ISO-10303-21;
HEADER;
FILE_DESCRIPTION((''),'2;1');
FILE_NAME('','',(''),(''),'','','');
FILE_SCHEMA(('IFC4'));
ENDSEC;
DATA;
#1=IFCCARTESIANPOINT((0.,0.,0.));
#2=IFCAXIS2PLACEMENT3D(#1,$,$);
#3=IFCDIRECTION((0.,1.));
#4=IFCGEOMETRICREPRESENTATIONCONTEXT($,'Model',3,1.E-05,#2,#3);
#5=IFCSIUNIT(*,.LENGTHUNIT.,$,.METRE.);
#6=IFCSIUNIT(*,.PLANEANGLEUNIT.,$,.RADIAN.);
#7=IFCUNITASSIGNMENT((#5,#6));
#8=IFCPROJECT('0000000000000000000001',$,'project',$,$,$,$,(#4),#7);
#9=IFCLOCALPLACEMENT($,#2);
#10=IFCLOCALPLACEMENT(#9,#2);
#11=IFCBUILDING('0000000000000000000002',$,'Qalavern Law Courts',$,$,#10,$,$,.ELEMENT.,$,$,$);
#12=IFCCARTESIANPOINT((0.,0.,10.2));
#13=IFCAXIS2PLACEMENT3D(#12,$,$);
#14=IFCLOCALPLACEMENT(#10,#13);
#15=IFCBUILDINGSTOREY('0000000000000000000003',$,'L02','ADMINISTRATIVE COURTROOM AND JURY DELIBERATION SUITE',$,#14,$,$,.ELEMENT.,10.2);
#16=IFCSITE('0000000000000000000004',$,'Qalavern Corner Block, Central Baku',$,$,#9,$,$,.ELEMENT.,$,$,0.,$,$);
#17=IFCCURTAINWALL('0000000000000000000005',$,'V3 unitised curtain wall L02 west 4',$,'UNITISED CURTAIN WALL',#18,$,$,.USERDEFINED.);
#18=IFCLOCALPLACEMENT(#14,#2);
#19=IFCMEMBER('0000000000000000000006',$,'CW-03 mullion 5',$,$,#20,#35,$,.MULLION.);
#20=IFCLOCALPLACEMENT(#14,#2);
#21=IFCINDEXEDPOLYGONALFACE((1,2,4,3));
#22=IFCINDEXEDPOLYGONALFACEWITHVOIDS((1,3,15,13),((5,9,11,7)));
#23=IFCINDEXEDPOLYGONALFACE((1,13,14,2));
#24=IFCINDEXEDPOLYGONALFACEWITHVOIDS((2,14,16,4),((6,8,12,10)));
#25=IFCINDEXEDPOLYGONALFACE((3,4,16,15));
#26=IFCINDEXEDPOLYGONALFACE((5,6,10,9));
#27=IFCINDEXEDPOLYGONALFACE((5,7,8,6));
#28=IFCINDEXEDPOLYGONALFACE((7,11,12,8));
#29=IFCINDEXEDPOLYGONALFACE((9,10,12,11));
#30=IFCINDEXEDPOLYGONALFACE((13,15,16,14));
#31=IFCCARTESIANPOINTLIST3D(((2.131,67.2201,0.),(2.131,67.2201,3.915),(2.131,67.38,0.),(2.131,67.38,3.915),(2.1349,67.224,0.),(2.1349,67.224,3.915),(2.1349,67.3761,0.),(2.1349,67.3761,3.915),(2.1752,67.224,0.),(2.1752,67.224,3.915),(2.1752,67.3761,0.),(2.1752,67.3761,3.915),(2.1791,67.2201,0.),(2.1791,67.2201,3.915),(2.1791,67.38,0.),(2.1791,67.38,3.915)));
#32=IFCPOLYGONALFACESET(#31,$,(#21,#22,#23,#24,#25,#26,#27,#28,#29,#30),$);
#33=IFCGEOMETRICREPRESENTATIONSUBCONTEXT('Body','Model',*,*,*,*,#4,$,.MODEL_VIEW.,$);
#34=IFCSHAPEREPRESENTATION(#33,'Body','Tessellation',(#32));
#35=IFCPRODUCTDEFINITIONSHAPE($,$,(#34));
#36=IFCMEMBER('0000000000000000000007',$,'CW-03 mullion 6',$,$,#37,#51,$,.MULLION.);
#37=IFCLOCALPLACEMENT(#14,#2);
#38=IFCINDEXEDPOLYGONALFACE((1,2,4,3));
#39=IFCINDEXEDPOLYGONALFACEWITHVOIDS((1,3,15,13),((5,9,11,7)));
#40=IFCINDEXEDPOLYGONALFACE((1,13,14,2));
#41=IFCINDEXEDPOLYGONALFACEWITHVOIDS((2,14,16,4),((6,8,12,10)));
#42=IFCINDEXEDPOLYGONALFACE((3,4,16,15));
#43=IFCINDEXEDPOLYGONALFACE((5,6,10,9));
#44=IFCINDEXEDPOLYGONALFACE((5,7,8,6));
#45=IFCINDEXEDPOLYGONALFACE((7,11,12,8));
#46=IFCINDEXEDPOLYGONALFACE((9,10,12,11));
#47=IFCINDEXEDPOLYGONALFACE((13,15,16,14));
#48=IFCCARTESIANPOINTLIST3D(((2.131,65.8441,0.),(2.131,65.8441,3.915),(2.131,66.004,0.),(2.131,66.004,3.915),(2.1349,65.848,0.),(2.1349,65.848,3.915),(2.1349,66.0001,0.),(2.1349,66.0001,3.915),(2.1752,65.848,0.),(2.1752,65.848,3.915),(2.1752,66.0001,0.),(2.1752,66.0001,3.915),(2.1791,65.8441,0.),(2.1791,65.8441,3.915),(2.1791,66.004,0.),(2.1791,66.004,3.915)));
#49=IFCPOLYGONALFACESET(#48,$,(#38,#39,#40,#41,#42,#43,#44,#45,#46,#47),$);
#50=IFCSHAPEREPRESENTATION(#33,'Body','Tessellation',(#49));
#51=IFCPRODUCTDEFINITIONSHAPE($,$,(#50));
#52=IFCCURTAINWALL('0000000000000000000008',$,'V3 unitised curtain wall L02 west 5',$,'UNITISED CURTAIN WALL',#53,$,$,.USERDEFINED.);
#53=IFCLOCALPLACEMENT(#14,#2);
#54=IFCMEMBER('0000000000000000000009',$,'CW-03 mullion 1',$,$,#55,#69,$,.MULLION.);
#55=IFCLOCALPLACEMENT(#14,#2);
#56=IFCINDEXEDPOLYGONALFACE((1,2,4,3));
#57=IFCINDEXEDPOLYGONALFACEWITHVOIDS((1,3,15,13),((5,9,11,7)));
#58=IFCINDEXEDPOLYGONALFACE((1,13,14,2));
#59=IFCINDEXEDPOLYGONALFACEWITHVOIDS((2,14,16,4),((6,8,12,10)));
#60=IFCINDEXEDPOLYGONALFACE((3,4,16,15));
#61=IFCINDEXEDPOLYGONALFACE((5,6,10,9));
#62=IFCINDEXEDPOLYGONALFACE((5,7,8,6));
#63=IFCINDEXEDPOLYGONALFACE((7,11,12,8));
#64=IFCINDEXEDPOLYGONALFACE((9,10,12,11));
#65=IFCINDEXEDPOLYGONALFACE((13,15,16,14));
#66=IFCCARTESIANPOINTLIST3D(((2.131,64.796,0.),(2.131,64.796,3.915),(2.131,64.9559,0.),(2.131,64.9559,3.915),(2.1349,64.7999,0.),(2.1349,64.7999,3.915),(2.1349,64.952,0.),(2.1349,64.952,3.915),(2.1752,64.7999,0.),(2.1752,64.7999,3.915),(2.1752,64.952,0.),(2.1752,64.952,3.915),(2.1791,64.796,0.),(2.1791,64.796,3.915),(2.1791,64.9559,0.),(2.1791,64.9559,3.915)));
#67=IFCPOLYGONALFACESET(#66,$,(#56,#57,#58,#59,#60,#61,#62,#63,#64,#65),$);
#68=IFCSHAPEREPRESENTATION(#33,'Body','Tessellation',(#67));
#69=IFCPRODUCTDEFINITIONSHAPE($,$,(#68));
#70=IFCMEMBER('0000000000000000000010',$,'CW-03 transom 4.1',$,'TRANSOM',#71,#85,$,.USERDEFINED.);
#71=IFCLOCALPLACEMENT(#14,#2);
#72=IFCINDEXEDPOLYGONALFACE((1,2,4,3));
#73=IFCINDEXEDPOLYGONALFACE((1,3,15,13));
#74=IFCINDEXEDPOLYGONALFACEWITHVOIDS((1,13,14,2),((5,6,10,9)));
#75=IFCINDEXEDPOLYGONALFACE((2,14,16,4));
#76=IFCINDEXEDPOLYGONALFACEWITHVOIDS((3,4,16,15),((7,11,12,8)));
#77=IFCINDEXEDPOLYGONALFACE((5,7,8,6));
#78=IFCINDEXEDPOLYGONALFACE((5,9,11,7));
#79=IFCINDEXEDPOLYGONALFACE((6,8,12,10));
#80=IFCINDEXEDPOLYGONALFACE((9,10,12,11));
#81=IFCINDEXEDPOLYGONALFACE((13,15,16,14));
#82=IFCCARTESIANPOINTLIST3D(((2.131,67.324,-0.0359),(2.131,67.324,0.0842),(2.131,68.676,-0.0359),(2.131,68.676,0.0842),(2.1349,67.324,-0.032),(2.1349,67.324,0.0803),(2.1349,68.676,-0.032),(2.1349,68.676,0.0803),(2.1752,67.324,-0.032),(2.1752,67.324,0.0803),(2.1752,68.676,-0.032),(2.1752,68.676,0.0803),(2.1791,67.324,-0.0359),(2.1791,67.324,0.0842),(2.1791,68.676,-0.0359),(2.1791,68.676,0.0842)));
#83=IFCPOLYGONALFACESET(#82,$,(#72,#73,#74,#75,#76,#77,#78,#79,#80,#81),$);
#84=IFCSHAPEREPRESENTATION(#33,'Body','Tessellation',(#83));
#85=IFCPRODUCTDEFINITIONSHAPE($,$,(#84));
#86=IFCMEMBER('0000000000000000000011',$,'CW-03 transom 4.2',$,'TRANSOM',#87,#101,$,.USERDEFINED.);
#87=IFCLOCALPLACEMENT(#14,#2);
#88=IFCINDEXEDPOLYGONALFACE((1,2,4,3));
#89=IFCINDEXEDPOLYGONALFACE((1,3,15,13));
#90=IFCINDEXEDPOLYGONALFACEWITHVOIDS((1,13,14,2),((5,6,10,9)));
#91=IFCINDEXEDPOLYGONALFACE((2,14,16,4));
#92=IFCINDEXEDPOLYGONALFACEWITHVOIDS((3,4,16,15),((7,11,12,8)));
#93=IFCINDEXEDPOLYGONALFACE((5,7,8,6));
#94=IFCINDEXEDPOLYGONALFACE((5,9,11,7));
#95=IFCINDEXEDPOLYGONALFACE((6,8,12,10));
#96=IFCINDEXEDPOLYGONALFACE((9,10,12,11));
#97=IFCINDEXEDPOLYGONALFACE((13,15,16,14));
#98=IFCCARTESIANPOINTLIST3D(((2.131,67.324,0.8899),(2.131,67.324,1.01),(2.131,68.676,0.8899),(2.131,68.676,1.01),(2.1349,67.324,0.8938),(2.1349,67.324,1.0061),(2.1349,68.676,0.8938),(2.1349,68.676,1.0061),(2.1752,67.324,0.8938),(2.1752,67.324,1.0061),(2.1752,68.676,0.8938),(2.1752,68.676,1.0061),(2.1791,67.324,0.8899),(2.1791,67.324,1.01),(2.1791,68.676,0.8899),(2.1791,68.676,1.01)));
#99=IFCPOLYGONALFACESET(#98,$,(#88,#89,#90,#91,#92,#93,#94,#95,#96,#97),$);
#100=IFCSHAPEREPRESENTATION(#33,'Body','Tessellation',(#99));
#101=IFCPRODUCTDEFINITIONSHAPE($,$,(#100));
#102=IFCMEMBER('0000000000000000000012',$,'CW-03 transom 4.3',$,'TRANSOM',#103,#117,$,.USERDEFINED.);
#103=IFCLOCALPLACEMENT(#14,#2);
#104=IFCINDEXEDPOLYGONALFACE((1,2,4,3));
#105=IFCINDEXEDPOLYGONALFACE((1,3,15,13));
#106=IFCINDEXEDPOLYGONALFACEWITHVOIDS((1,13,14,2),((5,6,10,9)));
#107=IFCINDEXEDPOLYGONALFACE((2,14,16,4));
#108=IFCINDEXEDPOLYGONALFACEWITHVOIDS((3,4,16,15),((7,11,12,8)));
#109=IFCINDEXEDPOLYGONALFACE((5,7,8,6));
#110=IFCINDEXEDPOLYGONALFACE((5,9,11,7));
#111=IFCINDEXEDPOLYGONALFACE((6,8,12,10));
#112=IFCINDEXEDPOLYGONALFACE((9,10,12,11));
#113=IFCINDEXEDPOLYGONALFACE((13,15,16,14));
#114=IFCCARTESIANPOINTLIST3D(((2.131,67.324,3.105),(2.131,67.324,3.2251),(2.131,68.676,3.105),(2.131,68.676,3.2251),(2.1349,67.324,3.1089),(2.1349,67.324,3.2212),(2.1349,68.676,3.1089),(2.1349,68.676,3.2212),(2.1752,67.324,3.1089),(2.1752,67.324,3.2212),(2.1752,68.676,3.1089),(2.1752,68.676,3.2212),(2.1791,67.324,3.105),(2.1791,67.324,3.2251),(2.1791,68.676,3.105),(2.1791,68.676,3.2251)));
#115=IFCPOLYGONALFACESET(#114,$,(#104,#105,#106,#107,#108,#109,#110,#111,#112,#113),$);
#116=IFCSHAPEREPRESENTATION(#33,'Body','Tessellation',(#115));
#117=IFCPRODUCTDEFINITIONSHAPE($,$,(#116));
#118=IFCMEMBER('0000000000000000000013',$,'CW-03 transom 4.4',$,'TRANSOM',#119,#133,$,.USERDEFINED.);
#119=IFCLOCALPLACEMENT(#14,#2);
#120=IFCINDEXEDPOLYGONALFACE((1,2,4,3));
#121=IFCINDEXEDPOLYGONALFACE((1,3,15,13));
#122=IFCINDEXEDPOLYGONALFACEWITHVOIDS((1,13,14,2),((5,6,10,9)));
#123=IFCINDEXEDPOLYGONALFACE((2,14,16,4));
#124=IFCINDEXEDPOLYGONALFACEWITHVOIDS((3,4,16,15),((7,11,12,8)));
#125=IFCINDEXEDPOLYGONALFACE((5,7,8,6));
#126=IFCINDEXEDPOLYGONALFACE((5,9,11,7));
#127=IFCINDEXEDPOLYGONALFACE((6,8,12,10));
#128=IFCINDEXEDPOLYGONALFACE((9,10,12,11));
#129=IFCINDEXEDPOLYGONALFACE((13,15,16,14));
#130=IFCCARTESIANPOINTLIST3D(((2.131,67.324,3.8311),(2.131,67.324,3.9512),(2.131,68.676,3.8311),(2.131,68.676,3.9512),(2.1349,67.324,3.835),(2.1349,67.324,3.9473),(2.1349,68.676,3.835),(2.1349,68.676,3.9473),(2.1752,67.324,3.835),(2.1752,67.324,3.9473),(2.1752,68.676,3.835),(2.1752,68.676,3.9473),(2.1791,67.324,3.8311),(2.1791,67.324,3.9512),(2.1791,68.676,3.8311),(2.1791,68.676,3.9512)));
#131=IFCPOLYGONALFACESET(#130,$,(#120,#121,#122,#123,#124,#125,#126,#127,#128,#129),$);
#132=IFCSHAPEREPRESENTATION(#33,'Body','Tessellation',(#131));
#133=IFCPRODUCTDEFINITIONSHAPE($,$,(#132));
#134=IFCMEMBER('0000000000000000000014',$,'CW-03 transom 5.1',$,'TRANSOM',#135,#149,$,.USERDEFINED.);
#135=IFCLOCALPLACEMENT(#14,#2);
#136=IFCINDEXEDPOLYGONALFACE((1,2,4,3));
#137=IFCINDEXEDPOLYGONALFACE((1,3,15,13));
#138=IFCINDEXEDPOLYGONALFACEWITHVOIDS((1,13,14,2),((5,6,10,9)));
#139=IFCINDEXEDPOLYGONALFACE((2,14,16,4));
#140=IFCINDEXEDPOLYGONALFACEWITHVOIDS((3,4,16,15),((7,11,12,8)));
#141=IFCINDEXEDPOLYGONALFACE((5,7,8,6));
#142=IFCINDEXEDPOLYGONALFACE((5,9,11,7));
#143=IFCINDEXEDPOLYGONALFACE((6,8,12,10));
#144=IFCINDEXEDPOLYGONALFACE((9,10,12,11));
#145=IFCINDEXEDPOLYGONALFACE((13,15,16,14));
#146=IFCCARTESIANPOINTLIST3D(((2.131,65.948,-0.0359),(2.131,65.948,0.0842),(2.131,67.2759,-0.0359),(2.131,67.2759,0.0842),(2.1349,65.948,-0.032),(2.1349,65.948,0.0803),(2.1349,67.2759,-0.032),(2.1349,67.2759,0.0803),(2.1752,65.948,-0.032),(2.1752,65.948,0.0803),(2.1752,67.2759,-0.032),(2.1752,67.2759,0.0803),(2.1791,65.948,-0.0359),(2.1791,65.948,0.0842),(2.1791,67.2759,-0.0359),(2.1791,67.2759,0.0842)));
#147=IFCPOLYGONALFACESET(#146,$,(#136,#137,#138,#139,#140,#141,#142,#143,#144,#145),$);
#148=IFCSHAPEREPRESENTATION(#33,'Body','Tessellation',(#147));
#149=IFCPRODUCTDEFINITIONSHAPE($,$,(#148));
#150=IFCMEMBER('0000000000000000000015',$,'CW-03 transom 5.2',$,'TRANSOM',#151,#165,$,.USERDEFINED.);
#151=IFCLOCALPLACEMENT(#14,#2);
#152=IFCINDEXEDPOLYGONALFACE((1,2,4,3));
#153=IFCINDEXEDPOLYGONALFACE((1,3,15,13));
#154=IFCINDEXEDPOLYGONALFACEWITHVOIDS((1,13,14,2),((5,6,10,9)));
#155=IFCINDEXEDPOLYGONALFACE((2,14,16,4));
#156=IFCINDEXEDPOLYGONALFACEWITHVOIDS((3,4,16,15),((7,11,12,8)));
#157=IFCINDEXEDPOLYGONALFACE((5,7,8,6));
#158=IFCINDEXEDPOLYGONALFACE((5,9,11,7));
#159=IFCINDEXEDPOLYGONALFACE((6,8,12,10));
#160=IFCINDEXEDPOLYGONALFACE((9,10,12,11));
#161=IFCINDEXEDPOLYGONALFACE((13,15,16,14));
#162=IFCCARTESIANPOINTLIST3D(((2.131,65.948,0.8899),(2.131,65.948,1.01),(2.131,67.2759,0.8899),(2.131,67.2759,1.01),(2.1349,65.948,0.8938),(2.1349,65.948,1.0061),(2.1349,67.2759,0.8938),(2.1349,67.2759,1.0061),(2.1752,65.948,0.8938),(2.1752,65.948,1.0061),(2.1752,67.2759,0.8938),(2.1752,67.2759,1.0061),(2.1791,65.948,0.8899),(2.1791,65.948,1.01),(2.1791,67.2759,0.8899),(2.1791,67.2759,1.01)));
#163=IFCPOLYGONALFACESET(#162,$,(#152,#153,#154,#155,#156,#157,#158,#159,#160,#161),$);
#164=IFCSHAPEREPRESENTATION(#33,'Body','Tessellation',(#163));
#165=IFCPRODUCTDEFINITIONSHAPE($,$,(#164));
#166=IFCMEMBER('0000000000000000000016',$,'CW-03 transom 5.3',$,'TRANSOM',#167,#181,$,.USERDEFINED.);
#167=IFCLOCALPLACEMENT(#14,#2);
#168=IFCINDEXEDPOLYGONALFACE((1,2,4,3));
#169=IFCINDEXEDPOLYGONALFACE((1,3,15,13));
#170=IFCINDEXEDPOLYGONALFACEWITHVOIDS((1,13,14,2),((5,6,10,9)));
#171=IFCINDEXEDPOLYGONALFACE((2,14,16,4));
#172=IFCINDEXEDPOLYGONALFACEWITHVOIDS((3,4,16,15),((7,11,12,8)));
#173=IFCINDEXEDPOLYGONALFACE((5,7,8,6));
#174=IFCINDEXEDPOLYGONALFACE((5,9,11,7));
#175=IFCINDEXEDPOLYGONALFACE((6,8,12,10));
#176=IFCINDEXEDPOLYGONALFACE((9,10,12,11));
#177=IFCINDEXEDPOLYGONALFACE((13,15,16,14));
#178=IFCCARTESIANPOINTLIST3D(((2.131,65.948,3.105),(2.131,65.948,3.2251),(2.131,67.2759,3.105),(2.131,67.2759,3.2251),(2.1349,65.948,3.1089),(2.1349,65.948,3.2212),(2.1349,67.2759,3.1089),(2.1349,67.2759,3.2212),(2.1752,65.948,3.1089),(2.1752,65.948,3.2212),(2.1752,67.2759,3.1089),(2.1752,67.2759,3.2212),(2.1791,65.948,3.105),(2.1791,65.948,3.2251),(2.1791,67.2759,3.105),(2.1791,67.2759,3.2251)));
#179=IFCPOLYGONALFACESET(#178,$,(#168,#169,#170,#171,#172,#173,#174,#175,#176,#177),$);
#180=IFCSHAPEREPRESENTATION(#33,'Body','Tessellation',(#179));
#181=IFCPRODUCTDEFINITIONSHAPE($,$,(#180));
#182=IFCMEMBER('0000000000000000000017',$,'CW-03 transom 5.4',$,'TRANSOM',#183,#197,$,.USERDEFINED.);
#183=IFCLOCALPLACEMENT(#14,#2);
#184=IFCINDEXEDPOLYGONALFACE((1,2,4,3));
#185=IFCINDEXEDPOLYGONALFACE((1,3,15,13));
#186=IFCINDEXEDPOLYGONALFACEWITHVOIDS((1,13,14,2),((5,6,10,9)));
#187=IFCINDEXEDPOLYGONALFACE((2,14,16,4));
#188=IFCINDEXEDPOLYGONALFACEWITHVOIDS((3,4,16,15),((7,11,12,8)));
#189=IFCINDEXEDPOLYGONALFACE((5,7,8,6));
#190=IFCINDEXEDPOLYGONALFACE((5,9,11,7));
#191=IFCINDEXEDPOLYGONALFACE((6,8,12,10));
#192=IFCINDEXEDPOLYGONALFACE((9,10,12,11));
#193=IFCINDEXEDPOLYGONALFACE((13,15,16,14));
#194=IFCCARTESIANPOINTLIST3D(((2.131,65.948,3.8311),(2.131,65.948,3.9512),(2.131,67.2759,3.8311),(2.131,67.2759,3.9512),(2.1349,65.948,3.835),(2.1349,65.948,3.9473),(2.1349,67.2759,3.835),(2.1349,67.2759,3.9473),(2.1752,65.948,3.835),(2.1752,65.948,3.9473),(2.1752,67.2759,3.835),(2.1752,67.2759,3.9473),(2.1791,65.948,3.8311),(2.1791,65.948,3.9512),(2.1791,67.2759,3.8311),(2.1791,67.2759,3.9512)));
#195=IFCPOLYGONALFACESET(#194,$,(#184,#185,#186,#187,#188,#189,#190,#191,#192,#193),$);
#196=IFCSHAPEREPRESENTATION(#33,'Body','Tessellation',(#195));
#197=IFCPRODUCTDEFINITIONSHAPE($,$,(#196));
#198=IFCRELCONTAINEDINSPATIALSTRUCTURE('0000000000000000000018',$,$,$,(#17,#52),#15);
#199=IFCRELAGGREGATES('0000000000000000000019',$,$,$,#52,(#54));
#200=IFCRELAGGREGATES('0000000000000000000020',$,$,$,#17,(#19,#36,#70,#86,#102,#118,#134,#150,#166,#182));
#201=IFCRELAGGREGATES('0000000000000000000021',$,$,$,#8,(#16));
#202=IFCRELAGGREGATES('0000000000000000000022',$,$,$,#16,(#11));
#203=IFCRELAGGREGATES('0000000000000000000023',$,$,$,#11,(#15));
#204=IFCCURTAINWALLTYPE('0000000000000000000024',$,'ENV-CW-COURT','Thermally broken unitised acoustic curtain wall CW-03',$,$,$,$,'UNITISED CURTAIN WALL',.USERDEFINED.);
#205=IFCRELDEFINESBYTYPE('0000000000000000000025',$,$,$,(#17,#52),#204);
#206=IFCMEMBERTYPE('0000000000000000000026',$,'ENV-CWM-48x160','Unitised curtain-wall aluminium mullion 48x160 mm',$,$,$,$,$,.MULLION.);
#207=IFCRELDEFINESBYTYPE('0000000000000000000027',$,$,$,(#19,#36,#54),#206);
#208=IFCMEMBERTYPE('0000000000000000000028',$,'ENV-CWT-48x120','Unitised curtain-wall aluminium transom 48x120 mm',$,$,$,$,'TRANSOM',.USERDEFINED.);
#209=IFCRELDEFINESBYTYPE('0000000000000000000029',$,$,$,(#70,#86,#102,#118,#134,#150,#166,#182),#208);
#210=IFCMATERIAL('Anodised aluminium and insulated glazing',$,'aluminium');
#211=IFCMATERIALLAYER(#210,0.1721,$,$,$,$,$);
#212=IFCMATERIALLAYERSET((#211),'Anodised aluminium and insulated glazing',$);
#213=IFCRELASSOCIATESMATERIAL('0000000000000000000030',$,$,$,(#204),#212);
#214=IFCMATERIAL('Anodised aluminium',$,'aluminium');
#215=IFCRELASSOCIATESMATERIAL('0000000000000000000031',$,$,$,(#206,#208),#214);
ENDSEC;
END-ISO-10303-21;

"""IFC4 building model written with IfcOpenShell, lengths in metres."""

from ifc_helpers import new_model, si_unit, direction, frame, origin, origin_2d, place, context, subcontext, project, spatial, hollow_rectangle, extrude, material, layer, layer_set, material_profile, profile_set, type_object, element, aggregate, save


model = new_model("IFC4")

# Units and contexts
model_context = context("Model", 3, precision=1e-05, world=origin(), true_north=direction((0.0, 1.0)))
body_context = subcontext(model_context, "Body", "Model", "MODEL_VIEW")
ifc_project = project(units=[si_unit("LENGTHUNIT", "METRE"), si_unit("PLANEANGLEUNIT", "RADIAN")], contexts=[model_context])

# Site, building, storey
site_placement = place(None, origin())
site = spatial("IfcSite", under=ifc_project, at=site_placement, Name="Qalavern Corner Block, Central Baku", CompositionType="ELEMENT", RefElevation=0.0)
building_placement = place(site_placement, origin())
building = spatial("IfcBuilding", under=site, at=building_placement, Name="Qalavern Law Courts", CompositionType="ELEMENT")
storey_placement = place(building_placement, frame((0.0, 0.0, 10.2)))
storey = spatial("IfcBuildingStorey", under=building, at=storey_placement, Name="L02", Description="ADMINISTRATIVE COURTROOM AND JURY DELIBERATION SUITE", CompositionType="ELEMENT", Elevation=10.2)

# Curtain wall, members
ifc_material_1 = material(Name="Anodised aluminium and insulated glazing", Category="aluminium")
ifc_layer_1 = layer(ifc_material_1, 0.1721)
ifc_layer_set_1 = layer_set([ifc_layer_1], Name="Anodised aluminium and insulated glazing")
curtain_wall_type = type_object("IfcCurtainWallType", Name="ENV-CW-COURT", Description="Thermally broken unitised acoustic curtain wall CW-03", ElementType="UNITISED CURTAIN WALL", PredefinedType="USERDEFINED", material=ifc_layer_set_1)
curtain_wall_1_placement = place(storey_placement, origin())
curtain_wall_1 = element("IfcCurtainWall", 1, at=curtain_wall_1_placement, inside=storey, type_object=curtain_wall_type, Name="V3 unitised curtain wall L02 west 4", ObjectType="UNITISED CURTAIN WALL", PredefinedType="USERDEFINED")
ifc_material_2 = material(Name="Anodised aluminium", Category="aluminium")
ifc_material_profile_1 = material_profile(ifc_material_2, hollow_rectangle(XDim=0.0481, YDim=0.1599, WallThickness=0.0039, at=origin_2d()), Name="ALU MULLION 48x160")
ifc_profile_set_1 = profile_set([ifc_material_profile_1], Name="Anodised aluminium")
member_type_1 = type_object("IfcMemberType", Name="ENV-CWM-48x160", Description="Unitised curtain-wall aluminium mullion 48x160 mm", PredefinedType="MULLION", material=ifc_profile_set_1)
member_1_placement = place(storey_placement, frame((2.155, 67.3, 0.0), z_axis=(0.0, 0.0, 1.0), x_axis=(1.0, 0.0, 0.0)))
member_1 = element("IfcMember", 2, at=member_1_placement, type_object=member_type_1, Name="CW-03 mullion 5", PredefinedType="MULLION", context=body_context, shape_type="SweptSolid", body=[
    extrude(hollow_rectangle(XDim=0.0481, YDim=0.1599, WallThickness=0.0039, at=origin_2d()), origin(), (0.0, 0.0, 1.0), 3.915),
])
member_2_placement = place(storey_placement, frame((2.155, 65.9241, 0.0), z_axis=(0.0, 0.0, 1.0), x_axis=(1.0, 0.0, 0.0)))
member_2 = element("IfcMember", 3, at=member_2_placement, type_object=member_type_1, Name="CW-03 mullion 6", PredefinedType="MULLION", context=body_context, shape_type="SweptSolid", body=[
    extrude(hollow_rectangle(XDim=0.0481, YDim=0.1599, WallThickness=0.0039, at=origin_2d()), origin(), (0.0, 0.0, 1.0), 3.915),
])

# Curtain wall, member
curtain_wall_2_placement = place(storey_placement, origin())
curtain_wall_2 = element("IfcCurtainWall", 4, at=curtain_wall_2_placement, inside=storey, type_object=curtain_wall_type, Name="V3 unitised curtain wall L02 west 5", ObjectType="UNITISED CURTAIN WALL", PredefinedType="USERDEFINED")
member_3_placement = place(storey_placement, frame((2.155, 64.876, 0.0), z_axis=(0.0, 0.0, 1.0), x_axis=(1.0, 0.0, 0.0)))
member_3 = element("IfcMember", 5, at=member_3_placement, type_object=member_type_1, Name="CW-03 mullion 1", PredefinedType="MULLION", context=body_context, shape_type="SweptSolid", body=[
    extrude(hollow_rectangle(XDim=0.0481, YDim=0.1599, WallThickness=0.0039, at=origin_2d()), origin(), (0.0, 0.0, 1.0), 3.915),
])

# Members
ifc_material_profile_2 = material_profile(ifc_material_2, hollow_rectangle(XDim=0.0481, YDim=0.1201, WallThickness=0.0039, at=origin_2d()), Name="ALU TRANSOM 48x120")
ifc_profile_set_2 = profile_set([ifc_material_profile_2], Name="Anodised aluminium")
member_type_2 = type_object("IfcMemberType", Name="ENV-CWT-48x120", Description="Unitised curtain-wall aluminium transom 48x120 mm", ElementType="TRANSOM", PredefinedType="USERDEFINED", material=ifc_profile_set_2)
member_4_placement = place(storey_placement, frame((2.155, 68.676, 0.0242), z_axis=(0.0, -1.0, 0.0), x_axis=(1.0, 0.0, 0.0)))
member_4 = element("IfcMember", 6, at=member_4_placement, type_object=member_type_2, Name="CW-03 transom 4.1", ObjectType="TRANSOM", PredefinedType="USERDEFINED", context=body_context, shape_type="SweptSolid", body=[
    extrude(hollow_rectangle(XDim=0.0481, YDim=0.1201, WallThickness=0.0039, at=origin_2d()), origin(), (0.0, 0.0, 1.0), 1.3521),
])
member_5_placement = place(storey_placement, frame((2.155, 68.676, 0.95), z_axis=(0.0, -1.0, 0.0), x_axis=(1.0, 0.0, 0.0)))
member_5 = element("IfcMember", 7, at=member_5_placement, type_object=member_type_2, Name="CW-03 transom 4.2", ObjectType="TRANSOM", PredefinedType="USERDEFINED", context=body_context, shape_type="SweptSolid", body=[
    extrude(hollow_rectangle(XDim=0.0481, YDim=0.1201, WallThickness=0.0039, at=origin_2d()), origin(), (0.0, 0.0, 1.0), 1.3521),
])
member_6_placement = place(storey_placement, frame((2.155, 68.676, 3.165), z_axis=(0.0, -1.0, 0.0), x_axis=(1.0, 0.0, 0.0)))
member_6 = element("IfcMember", 8, at=member_6_placement, type_object=member_type_2, Name="CW-03 transom 4.3", ObjectType="TRANSOM", PredefinedType="USERDEFINED", context=body_context, shape_type="SweptSolid", body=[
    extrude(hollow_rectangle(XDim=0.0481, YDim=0.1201, WallThickness=0.0039, at=origin_2d()), origin(), (0.0, 0.0, 1.0), 1.3521),
])
member_7_placement = place(storey_placement, frame((2.155, 68.676, 3.8911), z_axis=(0.0, -1.0, 0.0), x_axis=(1.0, 0.0, 0.0)))
member_7 = element("IfcMember", 9, at=member_7_placement, type_object=member_type_2, Name="CW-03 transom 4.4", ObjectType="TRANSOM", PredefinedType="USERDEFINED", context=body_context, shape_type="SweptSolid", body=[
    extrude(hollow_rectangle(XDim=0.0481, YDim=0.1201, WallThickness=0.0039, at=origin_2d()), origin(), (0.0, 0.0, 1.0), 1.3521),
])
member_8_placement = place(storey_placement, frame((2.155, 67.2759, 0.0242), z_axis=(0.0, -1.0, 0.0), x_axis=(1.0, 0.0, 0.0)))
member_8 = element("IfcMember", 10, at=member_8_placement, type_object=member_type_2, Name="CW-03 transom 5.1", ObjectType="TRANSOM", PredefinedType="USERDEFINED", context=body_context, shape_type="SweptSolid", body=[
    extrude(hollow_rectangle(XDim=0.0481, YDim=0.1201, WallThickness=0.0039, at=origin_2d()), origin(), (0.0, 0.0, 1.0), 1.3279),
])
member_9_placement = place(storey_placement, frame((2.155, 67.2759, 0.95), z_axis=(0.0, -1.0, 0.0), x_axis=(1.0, 0.0, 0.0)))
member_9 = element("IfcMember", 11, at=member_9_placement, type_object=member_type_2, Name="CW-03 transom 5.2", ObjectType="TRANSOM", PredefinedType="USERDEFINED", context=body_context, shape_type="SweptSolid", body=[
    extrude(hollow_rectangle(XDim=0.0481, YDim=0.1201, WallThickness=0.0039, at=origin_2d()), origin(), (0.0, 0.0, 1.0), 1.3279),
])
member_10_placement = place(storey_placement, frame((2.155, 67.2759, 3.165), z_axis=(0.0, -1.0, 0.0), x_axis=(1.0, 0.0, 0.0)))
member_10 = element("IfcMember", 12, at=member_10_placement, type_object=member_type_2, Name="CW-03 transom 5.3", ObjectType="TRANSOM", PredefinedType="USERDEFINED", context=body_context, shape_type="SweptSolid", body=[
    extrude(hollow_rectangle(XDim=0.0481, YDim=0.1201, WallThickness=0.0039, at=origin_2d()), origin(), (0.0, 0.0, 1.0), 1.3279),
])
member_11_placement = place(storey_placement, frame((2.155, 67.2759, 3.8911), z_axis=(0.0, -1.0, 0.0), x_axis=(1.0, 0.0, 0.0)))
member_11 = element("IfcMember", 13, at=member_11_placement, type_object=member_type_2, Name="CW-03 transom 5.4", ObjectType="TRANSOM", PredefinedType="USERDEFINED", context=body_context, shape_type="SweptSolid", body=[
    extrude(hollow_rectangle(XDim=0.0481, YDim=0.1201, WallThickness=0.0039, at=origin_2d()), origin(), (0.0, 0.0, 1.0), 1.3279),
])
aggregate(curtain_wall_2, [member_3])

aggregate(curtain_wall_1, [member_1, member_2, member_4, member_5, member_6, member_7, member_8, member_9, member_10, member_11])

save(model, "model.ifc")
